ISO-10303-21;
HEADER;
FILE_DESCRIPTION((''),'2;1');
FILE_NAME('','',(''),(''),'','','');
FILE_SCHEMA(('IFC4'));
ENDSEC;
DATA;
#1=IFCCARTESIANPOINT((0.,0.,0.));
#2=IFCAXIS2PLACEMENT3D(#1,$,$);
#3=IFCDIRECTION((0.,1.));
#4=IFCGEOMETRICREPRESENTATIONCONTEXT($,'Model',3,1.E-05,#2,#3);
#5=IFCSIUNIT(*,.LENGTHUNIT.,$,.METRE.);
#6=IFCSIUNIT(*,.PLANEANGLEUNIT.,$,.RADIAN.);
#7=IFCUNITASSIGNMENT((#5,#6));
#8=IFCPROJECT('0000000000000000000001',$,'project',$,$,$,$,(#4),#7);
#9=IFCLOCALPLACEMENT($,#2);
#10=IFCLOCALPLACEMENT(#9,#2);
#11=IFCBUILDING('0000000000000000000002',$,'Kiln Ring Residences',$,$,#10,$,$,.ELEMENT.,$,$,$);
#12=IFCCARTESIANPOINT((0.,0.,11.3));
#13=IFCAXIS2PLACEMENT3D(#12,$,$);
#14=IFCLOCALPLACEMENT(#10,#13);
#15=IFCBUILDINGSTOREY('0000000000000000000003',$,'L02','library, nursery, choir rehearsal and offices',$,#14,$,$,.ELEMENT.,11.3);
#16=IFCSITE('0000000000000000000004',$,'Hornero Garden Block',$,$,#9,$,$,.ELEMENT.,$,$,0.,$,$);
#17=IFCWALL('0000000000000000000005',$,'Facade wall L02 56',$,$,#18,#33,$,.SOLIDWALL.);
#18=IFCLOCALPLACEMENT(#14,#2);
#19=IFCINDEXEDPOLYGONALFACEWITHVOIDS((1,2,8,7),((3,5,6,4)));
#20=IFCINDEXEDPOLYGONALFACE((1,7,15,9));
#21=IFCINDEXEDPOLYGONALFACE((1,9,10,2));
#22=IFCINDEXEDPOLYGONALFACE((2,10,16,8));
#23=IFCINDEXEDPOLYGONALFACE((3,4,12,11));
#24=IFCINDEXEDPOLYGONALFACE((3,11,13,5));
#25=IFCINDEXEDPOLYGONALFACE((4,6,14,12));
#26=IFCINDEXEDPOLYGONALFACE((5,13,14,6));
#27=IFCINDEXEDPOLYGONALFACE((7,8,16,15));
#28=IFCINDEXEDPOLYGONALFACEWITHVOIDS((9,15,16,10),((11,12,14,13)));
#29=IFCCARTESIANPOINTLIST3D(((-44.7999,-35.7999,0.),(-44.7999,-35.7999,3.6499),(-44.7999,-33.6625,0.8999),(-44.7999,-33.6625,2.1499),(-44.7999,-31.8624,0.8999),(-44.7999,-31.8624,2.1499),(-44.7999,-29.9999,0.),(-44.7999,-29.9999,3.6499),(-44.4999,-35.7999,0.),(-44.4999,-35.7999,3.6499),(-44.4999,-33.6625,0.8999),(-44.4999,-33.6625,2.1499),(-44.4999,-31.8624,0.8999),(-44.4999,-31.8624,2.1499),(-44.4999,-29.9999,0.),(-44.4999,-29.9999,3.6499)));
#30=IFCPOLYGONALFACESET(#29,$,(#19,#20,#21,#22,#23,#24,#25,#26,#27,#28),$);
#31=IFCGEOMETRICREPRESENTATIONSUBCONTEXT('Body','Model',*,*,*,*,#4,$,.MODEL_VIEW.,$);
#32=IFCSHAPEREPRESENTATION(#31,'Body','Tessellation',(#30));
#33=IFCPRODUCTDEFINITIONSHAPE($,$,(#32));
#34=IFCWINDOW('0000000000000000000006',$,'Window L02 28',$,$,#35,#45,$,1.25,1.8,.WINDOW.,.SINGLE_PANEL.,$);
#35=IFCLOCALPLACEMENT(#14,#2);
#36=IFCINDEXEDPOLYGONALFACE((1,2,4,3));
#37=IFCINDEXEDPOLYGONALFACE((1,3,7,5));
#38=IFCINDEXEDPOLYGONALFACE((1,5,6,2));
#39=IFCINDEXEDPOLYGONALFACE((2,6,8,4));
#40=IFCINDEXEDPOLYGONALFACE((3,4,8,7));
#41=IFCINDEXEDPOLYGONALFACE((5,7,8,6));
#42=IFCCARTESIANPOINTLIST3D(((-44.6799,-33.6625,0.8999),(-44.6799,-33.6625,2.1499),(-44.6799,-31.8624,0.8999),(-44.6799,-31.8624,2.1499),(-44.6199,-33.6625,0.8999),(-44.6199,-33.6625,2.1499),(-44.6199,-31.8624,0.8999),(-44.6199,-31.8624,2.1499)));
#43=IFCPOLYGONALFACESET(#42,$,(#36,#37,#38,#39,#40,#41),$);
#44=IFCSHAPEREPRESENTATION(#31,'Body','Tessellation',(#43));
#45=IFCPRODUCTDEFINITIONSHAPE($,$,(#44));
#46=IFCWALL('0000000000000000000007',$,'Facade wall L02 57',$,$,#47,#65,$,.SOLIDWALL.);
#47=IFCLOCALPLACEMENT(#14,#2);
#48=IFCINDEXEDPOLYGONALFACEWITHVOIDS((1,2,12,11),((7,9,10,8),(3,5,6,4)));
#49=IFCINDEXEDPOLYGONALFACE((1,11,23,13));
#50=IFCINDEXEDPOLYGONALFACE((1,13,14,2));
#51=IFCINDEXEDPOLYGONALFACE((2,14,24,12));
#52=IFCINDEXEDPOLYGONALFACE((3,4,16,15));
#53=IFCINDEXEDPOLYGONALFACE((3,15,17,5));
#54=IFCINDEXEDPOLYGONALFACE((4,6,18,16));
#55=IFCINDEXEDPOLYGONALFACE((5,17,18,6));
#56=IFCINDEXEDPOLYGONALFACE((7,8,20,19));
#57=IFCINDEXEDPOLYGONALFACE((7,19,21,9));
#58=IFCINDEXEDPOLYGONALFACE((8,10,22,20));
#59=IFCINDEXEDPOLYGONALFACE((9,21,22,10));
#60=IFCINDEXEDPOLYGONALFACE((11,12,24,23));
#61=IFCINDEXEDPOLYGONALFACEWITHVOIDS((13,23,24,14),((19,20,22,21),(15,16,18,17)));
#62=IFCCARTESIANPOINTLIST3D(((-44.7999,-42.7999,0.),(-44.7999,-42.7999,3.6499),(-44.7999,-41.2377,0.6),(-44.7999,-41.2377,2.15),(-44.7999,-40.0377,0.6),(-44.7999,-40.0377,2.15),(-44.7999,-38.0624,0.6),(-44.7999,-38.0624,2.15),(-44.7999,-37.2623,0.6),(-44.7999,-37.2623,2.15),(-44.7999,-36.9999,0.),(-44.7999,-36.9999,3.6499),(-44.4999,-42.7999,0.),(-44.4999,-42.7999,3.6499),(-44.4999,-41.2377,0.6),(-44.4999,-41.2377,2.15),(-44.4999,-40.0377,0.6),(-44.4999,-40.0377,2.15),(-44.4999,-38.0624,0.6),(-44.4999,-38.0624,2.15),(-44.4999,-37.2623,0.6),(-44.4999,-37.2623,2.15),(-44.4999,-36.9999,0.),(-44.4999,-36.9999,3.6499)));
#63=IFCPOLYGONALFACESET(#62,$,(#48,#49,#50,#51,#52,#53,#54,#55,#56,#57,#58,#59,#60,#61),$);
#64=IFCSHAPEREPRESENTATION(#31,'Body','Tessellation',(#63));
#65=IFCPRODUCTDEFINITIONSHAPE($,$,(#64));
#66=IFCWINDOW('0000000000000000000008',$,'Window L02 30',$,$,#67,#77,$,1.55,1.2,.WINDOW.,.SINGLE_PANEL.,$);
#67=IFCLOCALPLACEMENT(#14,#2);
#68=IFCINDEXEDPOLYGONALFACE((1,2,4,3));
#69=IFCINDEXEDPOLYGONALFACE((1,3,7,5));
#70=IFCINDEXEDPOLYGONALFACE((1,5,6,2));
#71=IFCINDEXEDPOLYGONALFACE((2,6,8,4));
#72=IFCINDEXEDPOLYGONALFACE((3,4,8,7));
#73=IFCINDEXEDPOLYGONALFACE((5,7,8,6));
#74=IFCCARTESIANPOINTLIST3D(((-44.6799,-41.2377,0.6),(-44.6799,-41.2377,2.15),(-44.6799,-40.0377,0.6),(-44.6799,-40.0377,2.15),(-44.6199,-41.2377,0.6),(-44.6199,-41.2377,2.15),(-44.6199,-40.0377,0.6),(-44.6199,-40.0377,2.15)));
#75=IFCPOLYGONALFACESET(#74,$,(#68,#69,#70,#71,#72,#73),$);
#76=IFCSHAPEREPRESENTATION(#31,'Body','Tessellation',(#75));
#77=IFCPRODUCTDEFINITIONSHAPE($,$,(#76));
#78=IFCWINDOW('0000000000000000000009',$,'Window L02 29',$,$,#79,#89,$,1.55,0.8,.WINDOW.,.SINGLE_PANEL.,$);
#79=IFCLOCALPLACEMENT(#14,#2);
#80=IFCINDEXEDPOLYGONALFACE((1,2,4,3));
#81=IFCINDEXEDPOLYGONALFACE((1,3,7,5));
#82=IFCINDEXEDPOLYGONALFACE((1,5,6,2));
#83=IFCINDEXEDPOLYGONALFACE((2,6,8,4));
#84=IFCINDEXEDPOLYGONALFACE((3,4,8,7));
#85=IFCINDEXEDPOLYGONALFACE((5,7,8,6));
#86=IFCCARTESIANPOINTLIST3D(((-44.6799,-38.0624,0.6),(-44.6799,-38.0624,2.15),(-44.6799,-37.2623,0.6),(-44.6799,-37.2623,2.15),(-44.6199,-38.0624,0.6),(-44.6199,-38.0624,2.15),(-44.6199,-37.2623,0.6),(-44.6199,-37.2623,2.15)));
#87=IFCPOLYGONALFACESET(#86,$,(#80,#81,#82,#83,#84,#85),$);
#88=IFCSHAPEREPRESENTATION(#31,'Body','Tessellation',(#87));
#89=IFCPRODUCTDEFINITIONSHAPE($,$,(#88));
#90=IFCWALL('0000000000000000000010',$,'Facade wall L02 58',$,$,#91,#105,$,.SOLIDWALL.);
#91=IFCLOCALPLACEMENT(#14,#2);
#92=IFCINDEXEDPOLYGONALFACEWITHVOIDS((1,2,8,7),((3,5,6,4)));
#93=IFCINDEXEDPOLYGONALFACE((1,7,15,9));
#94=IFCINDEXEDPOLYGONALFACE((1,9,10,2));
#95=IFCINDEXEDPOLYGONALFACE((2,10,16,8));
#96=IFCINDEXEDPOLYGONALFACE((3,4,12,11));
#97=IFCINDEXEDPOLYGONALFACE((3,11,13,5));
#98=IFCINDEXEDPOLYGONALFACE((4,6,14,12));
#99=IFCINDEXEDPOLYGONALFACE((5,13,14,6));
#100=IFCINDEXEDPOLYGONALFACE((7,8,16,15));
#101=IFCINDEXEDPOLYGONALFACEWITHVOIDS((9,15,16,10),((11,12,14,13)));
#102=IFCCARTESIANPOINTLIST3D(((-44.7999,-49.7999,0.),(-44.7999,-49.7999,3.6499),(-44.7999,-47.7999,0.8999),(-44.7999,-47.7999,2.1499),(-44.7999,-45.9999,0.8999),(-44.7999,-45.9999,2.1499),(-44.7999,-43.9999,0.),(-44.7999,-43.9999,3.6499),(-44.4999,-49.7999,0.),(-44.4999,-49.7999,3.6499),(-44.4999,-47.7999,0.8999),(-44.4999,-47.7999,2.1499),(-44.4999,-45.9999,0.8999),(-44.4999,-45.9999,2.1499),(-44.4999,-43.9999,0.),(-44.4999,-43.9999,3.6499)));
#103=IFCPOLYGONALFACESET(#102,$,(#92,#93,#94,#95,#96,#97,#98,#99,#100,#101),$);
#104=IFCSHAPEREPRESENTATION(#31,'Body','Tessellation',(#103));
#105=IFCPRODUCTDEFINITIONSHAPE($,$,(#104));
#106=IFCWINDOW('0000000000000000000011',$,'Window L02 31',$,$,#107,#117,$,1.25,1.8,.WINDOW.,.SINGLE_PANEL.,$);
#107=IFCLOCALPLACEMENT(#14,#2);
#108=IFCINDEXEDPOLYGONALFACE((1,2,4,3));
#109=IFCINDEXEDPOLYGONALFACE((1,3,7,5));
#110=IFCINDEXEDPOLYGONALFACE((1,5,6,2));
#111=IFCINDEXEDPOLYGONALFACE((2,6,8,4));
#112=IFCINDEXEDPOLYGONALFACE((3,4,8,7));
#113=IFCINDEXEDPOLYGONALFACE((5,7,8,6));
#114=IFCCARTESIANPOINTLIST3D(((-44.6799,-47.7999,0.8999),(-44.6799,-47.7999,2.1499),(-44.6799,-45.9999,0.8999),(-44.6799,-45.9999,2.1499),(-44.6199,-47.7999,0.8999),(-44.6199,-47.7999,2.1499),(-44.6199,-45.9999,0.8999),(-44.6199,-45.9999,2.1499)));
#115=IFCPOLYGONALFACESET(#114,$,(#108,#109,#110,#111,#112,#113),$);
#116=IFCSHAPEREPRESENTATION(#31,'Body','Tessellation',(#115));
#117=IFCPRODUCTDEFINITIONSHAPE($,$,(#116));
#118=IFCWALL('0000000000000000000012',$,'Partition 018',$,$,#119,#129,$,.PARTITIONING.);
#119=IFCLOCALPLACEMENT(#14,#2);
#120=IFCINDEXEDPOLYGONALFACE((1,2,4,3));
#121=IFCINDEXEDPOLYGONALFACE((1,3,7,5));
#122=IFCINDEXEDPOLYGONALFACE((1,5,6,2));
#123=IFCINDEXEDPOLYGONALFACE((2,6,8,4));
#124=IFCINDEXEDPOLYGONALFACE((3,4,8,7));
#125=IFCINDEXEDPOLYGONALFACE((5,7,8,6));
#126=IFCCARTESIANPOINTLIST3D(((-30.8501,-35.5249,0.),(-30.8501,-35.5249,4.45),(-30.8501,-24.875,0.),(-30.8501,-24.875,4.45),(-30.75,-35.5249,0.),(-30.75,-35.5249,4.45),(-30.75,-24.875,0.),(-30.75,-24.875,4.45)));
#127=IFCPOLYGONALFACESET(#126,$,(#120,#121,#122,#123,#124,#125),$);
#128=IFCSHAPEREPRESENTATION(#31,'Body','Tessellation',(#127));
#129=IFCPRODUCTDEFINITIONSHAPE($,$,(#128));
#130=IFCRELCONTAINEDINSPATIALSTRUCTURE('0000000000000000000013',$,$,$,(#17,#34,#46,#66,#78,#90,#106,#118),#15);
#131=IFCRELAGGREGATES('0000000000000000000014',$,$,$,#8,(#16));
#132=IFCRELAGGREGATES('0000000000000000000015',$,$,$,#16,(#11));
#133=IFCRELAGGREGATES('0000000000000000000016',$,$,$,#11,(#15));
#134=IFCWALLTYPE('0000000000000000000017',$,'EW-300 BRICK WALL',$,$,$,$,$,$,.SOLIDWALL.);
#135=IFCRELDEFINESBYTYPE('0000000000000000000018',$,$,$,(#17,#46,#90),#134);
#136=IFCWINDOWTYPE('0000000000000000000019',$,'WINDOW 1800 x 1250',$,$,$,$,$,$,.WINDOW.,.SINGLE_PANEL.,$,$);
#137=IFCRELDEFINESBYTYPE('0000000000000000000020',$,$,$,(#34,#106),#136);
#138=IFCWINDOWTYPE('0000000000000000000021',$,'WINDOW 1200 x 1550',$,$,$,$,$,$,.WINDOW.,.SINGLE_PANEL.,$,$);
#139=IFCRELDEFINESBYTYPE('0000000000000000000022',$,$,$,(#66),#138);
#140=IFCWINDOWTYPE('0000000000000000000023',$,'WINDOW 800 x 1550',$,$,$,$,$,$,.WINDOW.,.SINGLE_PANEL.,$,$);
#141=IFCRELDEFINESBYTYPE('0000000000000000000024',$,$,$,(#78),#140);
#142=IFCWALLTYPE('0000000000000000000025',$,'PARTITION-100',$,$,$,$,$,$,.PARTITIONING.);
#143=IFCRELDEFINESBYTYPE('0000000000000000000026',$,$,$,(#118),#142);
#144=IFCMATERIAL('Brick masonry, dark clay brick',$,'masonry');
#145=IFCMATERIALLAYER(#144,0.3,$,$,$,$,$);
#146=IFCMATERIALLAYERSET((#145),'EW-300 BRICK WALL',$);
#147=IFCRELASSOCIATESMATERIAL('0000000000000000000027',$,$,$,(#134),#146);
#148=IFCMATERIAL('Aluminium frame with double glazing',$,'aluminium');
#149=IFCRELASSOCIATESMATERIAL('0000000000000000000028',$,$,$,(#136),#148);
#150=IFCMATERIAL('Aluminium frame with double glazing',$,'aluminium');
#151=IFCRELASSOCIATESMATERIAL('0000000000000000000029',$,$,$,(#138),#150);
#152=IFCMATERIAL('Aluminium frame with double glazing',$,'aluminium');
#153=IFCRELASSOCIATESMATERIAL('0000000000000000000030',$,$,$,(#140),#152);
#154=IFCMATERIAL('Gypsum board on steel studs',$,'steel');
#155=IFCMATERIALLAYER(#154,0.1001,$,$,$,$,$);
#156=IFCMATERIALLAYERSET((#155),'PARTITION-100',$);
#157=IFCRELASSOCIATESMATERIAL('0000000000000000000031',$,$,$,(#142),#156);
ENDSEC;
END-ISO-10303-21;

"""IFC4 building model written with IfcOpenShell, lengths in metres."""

from ifc_helpers import new_model, si_unit, direction, frame, frame_2d, origin, place, context, subcontext, project, spatial, rectangle, extrude, material, layer, layer_set, type_object, element, fill, save


model = new_model("IFC4")

# Units and contexts
model_context = context("Model", 3, precision=1e-05, world=origin(), true_north=direction((0.0, 1.0)))
body_context = subcontext(model_context, "Body", "Model", "MODEL_VIEW")
ifc_project = project(units=[si_unit("LENGTHUNIT", "METRE"), si_unit("PLANEANGLEUNIT", "RADIAN")], contexts=[model_context])

# Site, building, storey
site_placement = place(None, origin())
site = spatial("IfcSite", under=ifc_project, at=site_placement, Name="Hornero Garden Block", CompositionType="ELEMENT", RefElevation=0.0)
building_placement = place(site_placement, origin())
building = spatial("IfcBuilding", under=site, at=building_placement, Name="Kiln Ring Residences", CompositionType="ELEMENT")
storey_placement = place(building_placement, frame((0.0, 0.0, 11.3)))
storey = spatial("IfcBuildingStorey", under=building, at=storey_placement, Name="L02", Description="library, nursery, choir rehearsal and offices", CompositionType="ELEMENT", Elevation=11.3)

# Wall, opening, window
ifc_material_1 = material(Name="Brick masonry, dark clay brick", Category="masonry")
ifc_layer_1 = layer(ifc_material_1, 0.3)
ifc_layer_set_1 = layer_set([ifc_layer_1], Name="EW-300 BRICK WALL")
wall_type_1 = type_object("IfcWallType", Name="EW-300 BRICK WALL", PredefinedType="SOLIDWALL", material=ifc_layer_set_1)
wall_1_placement = place(storey_placement, frame((-44.6499, -30.0, 0.0), z_axis=(0.0, 0.0, 1.0), x_axis=(0.0, -1.0, 0.0)))
wall_1 = element("IfcWall", 1, at=wall_1_placement, inside=storey, type_object=wall_type_1, Name="Facade wall L02 56", PredefinedType="SOLIDWALL", context=body_context, shape_type="SweptSolid", body=[
    extrude(rectangle(XDim=5.8, YDim=0.3, at=frame_2d((2.8999, 0.0))), origin(), (0.0, 0.0, 1.0), 3.6499),
])
opening_1_placement = place(wall_1_placement, frame((1.8625, 0.0, 0.8999)))
opening_1 = element("IfcOpeningElement", 2, at=opening_1_placement, cuts=wall_1, PredefinedType="OPENING", context=body_context, shape_type="SweptSolid", body=[
    extrude(rectangle(XDim=1.8, YDim=1.25, at=frame_2d((0.8999, 0.625))), frame((0.0, 0.1599, 0.0), z_axis=(0.0, -1.0, 0.0), x_axis=(1.0, 0.0, 0.0)), (0.0, 0.0, 1.0), 0.3201),
])
ifc_material_2 = material(Name="Aluminium frame with double glazing", Category="aluminium")
window_type_1 = type_object("IfcWindowType", Name="WINDOW 1800 x 1250", PartitioningType="SINGLE_PANEL", PredefinedType="WINDOW", material=ifc_material_2)
window_1_placement = place(opening_1_placement, origin())
window_1 = element("IfcWindow", 3, at=window_1_placement, inside=storey, type_object=window_type_1, Name="Window L02 28", OverallHeight=1.25, OverallWidth=1.8, PartitioningType="SINGLE_PANEL", PredefinedType="WINDOW", context=body_context, shape_type="SweptSolid", body=[
    extrude(rectangle(XDim=1.8, YDim=1.25, at=frame_2d((0.8999, 0.625))), frame((0.0, 0.03, 0.0), z_axis=(0.0, -1.0, 0.0), x_axis=(1.0, 0.0, 0.0)), (0.0, 0.0, 1.0), 0.0601),
])
fill(opening_1, window_1)

# Wall, openings, windows
wall_2_placement = place(storey_placement, frame((-44.6499, -37.0, 0.0), z_axis=(0.0, 0.0, 1.0), x_axis=(0.0, -1.0, 0.0)))
wall_2 = element("IfcWall", 4, at=wall_2_placement, inside=storey, type_object=wall_type_1, Name="Facade wall L02 57", PredefinedType="SOLIDWALL", context=body_context, shape_type="SweptSolid", body=[
    extrude(rectangle(XDim=5.8, YDim=0.3, at=frame_2d((2.8999, 0.0))), origin(), (0.0, 0.0, 1.0), 3.6499),
])
opening_2_placement = place(wall_2_placement, frame((0.2625, 0.0, 0.6001)))
opening_2 = element("IfcOpeningElement", 5, at=opening_2_placement, cuts=wall_2, PredefinedType="OPENING", context=body_context, shape_type="SweptSolid", body=[
    extrude(rectangle(XDim=0.8, YDim=1.55, at=frame_2d((0.3999, 0.7749))), frame((0.0, 0.1599, 0.0), z_axis=(0.0, -1.0, 0.0), x_axis=(1.0, 0.0, 0.0)), (0.0, 0.0, 1.0), 0.3201),
])
opening_3_placement = place(wall_2_placement, frame((3.0376, 0.0, 0.6001)))
opening_3 = element("IfcOpeningElement", 6, at=opening_3_placement, cuts=wall_2, PredefinedType="OPENING", context=body_context, shape_type="SweptSolid", body=[
    extrude(rectangle(XDim=1.2, YDim=1.55, at=frame_2d((0.6001, 0.7749))), frame((0.0, 0.1599, 0.0), z_axis=(0.0, -1.0, 0.0), x_axis=(1.0, 0.0, 0.0)), (0.0, 0.0, 1.0), 0.3201),
])
ifc_material_3 = material(Name="Aluminium frame with double glazing", Category="aluminium")
window_type_2 = type_object("IfcWindowType", Name="WINDOW 1200 x 1550", PartitioningType="SINGLE_PANEL", PredefinedType="WINDOW", material=ifc_material_3)
window_2_placement = place(opening_3_placement, origin())
window_2 = element("IfcWindow", 7, at=window_2_placement, inside=storey, type_object=window_type_2, Name="Window L02 30", OverallHeight=1.55, OverallWidth=1.2, PartitioningType="SINGLE_PANEL", PredefinedType="WINDOW", context=body_context, shape_type="SweptSolid", body=[
    extrude(rectangle(XDim=1.2, YDim=1.55, at=frame_2d((0.6001, 0.7749))), frame((0.0, 0.03, 0.0), z_axis=(0.0, -1.0, 0.0), x_axis=(1.0, 0.0, 0.0)), (0.0, 0.0, 1.0), 0.0601),
])
fill(opening_3, window_2)
ifc_material_4 = material(Name="Aluminium frame with double glazing", Category="aluminium")
window_type_3 = type_object("IfcWindowType", Name="WINDOW 800 x 1550", PartitioningType="SINGLE_PANEL", PredefinedType="WINDOW", material=ifc_material_4)
window_3_placement = place(opening_2_placement, origin())
window_3 = element("IfcWindow", 8, at=window_3_placement, inside=storey, type_object=window_type_3, Name="Window L02 29", OverallHeight=1.55, OverallWidth=0.8, PartitioningType="SINGLE_PANEL", PredefinedType="WINDOW", context=body_context, shape_type="SweptSolid", body=[
    extrude(rectangle(XDim=0.8, YDim=1.55, at=frame_2d((0.3999, 0.7749))), frame((0.0, 0.03, 0.0), z_axis=(0.0, -1.0, 0.0), x_axis=(1.0, 0.0, 0.0)), (0.0, 0.0, 1.0), 0.0601),
])
fill(opening_2, window_3)

# Wall, opening, window
wall_3_placement = place(storey_placement, frame((-44.6499, -44.0, 0.0), z_axis=(0.0, 0.0, 1.0), x_axis=(0.0, -1.0, 0.0)))
wall_3 = element("IfcWall", 9, at=wall_3_placement, inside=storey, type_object=wall_type_1, Name="Facade wall L02 58", PredefinedType="SOLIDWALL", context=body_context, shape_type="SweptSolid", body=[
    extrude(rectangle(XDim=5.8, YDim=0.3, at=frame_2d((2.8999, 0.0))), origin(), (0.0, 0.0, 1.0), 3.6499),
])
opening_4_placement = place(wall_3_placement, frame((2.0, 0.0, 0.8999)))
opening_4 = element("IfcOpeningElement", 10, at=opening_4_placement, cuts=wall_3, PredefinedType="OPENING", context=body_context, shape_type="SweptSolid", body=[
    extrude(rectangle(XDim=1.8, YDim=1.25, at=frame_2d((0.8999, 0.625))), frame((0.0, 0.1599, 0.0), z_axis=(0.0, -1.0, 0.0), x_axis=(1.0, 0.0, 0.0)), (0.0, 0.0, 1.0), 0.3201),
])
window_4_placement = place(opening_4_placement, origin())
window_4 = element("IfcWindow", 11, at=window_4_placement, inside=storey, type_object=window_type_1, Name="Window L02 31", OverallHeight=1.25, OverallWidth=1.8, PartitioningType="SINGLE_PANEL", PredefinedType="WINDOW", context=body_context, shape_type="SweptSolid", body=[
    extrude(rectangle(XDim=1.8, YDim=1.25, at=frame_2d((0.8999, 0.625))), frame((0.0, 0.03, 0.0), z_axis=(0.0, -1.0, 0.0), x_axis=(1.0, 0.0, 0.0)), (0.0, 0.0, 1.0), 0.0601),
])
fill(opening_4, window_4)

# Wall
ifc_material_5 = material(Name="Gypsum board on steel studs", Category="steel")
ifc_layer_2 = layer(ifc_material_5, 0.1001)
ifc_layer_set_2 = layer_set([ifc_layer_2], Name="PARTITION-100")
wall_type_2 = type_object("IfcWallType", Name="PARTITION-100", PredefinedType="PARTITIONING", material=ifc_layer_set_2)
wall_4_placement = place(storey_placement, frame((-30.8, -35.5249, 0.0), z_axis=(0.0, 0.0, 1.0), x_axis=(0.0, 1.0, 0.0)))
element("IfcWall", 12, at=wall_4_placement, inside=storey, type_object=wall_type_2, Name="Partition 018", PredefinedType="PARTITIONING", context=body_context, shape_type="SweptSolid", body=[
    extrude(rectangle(XDim=10.6499, YDim=0.1001, at=frame_2d((5.325, 0.0))), origin(), (0.0, 0.0, 1.0), 4.45),
])

save(model, "model.ifc")
